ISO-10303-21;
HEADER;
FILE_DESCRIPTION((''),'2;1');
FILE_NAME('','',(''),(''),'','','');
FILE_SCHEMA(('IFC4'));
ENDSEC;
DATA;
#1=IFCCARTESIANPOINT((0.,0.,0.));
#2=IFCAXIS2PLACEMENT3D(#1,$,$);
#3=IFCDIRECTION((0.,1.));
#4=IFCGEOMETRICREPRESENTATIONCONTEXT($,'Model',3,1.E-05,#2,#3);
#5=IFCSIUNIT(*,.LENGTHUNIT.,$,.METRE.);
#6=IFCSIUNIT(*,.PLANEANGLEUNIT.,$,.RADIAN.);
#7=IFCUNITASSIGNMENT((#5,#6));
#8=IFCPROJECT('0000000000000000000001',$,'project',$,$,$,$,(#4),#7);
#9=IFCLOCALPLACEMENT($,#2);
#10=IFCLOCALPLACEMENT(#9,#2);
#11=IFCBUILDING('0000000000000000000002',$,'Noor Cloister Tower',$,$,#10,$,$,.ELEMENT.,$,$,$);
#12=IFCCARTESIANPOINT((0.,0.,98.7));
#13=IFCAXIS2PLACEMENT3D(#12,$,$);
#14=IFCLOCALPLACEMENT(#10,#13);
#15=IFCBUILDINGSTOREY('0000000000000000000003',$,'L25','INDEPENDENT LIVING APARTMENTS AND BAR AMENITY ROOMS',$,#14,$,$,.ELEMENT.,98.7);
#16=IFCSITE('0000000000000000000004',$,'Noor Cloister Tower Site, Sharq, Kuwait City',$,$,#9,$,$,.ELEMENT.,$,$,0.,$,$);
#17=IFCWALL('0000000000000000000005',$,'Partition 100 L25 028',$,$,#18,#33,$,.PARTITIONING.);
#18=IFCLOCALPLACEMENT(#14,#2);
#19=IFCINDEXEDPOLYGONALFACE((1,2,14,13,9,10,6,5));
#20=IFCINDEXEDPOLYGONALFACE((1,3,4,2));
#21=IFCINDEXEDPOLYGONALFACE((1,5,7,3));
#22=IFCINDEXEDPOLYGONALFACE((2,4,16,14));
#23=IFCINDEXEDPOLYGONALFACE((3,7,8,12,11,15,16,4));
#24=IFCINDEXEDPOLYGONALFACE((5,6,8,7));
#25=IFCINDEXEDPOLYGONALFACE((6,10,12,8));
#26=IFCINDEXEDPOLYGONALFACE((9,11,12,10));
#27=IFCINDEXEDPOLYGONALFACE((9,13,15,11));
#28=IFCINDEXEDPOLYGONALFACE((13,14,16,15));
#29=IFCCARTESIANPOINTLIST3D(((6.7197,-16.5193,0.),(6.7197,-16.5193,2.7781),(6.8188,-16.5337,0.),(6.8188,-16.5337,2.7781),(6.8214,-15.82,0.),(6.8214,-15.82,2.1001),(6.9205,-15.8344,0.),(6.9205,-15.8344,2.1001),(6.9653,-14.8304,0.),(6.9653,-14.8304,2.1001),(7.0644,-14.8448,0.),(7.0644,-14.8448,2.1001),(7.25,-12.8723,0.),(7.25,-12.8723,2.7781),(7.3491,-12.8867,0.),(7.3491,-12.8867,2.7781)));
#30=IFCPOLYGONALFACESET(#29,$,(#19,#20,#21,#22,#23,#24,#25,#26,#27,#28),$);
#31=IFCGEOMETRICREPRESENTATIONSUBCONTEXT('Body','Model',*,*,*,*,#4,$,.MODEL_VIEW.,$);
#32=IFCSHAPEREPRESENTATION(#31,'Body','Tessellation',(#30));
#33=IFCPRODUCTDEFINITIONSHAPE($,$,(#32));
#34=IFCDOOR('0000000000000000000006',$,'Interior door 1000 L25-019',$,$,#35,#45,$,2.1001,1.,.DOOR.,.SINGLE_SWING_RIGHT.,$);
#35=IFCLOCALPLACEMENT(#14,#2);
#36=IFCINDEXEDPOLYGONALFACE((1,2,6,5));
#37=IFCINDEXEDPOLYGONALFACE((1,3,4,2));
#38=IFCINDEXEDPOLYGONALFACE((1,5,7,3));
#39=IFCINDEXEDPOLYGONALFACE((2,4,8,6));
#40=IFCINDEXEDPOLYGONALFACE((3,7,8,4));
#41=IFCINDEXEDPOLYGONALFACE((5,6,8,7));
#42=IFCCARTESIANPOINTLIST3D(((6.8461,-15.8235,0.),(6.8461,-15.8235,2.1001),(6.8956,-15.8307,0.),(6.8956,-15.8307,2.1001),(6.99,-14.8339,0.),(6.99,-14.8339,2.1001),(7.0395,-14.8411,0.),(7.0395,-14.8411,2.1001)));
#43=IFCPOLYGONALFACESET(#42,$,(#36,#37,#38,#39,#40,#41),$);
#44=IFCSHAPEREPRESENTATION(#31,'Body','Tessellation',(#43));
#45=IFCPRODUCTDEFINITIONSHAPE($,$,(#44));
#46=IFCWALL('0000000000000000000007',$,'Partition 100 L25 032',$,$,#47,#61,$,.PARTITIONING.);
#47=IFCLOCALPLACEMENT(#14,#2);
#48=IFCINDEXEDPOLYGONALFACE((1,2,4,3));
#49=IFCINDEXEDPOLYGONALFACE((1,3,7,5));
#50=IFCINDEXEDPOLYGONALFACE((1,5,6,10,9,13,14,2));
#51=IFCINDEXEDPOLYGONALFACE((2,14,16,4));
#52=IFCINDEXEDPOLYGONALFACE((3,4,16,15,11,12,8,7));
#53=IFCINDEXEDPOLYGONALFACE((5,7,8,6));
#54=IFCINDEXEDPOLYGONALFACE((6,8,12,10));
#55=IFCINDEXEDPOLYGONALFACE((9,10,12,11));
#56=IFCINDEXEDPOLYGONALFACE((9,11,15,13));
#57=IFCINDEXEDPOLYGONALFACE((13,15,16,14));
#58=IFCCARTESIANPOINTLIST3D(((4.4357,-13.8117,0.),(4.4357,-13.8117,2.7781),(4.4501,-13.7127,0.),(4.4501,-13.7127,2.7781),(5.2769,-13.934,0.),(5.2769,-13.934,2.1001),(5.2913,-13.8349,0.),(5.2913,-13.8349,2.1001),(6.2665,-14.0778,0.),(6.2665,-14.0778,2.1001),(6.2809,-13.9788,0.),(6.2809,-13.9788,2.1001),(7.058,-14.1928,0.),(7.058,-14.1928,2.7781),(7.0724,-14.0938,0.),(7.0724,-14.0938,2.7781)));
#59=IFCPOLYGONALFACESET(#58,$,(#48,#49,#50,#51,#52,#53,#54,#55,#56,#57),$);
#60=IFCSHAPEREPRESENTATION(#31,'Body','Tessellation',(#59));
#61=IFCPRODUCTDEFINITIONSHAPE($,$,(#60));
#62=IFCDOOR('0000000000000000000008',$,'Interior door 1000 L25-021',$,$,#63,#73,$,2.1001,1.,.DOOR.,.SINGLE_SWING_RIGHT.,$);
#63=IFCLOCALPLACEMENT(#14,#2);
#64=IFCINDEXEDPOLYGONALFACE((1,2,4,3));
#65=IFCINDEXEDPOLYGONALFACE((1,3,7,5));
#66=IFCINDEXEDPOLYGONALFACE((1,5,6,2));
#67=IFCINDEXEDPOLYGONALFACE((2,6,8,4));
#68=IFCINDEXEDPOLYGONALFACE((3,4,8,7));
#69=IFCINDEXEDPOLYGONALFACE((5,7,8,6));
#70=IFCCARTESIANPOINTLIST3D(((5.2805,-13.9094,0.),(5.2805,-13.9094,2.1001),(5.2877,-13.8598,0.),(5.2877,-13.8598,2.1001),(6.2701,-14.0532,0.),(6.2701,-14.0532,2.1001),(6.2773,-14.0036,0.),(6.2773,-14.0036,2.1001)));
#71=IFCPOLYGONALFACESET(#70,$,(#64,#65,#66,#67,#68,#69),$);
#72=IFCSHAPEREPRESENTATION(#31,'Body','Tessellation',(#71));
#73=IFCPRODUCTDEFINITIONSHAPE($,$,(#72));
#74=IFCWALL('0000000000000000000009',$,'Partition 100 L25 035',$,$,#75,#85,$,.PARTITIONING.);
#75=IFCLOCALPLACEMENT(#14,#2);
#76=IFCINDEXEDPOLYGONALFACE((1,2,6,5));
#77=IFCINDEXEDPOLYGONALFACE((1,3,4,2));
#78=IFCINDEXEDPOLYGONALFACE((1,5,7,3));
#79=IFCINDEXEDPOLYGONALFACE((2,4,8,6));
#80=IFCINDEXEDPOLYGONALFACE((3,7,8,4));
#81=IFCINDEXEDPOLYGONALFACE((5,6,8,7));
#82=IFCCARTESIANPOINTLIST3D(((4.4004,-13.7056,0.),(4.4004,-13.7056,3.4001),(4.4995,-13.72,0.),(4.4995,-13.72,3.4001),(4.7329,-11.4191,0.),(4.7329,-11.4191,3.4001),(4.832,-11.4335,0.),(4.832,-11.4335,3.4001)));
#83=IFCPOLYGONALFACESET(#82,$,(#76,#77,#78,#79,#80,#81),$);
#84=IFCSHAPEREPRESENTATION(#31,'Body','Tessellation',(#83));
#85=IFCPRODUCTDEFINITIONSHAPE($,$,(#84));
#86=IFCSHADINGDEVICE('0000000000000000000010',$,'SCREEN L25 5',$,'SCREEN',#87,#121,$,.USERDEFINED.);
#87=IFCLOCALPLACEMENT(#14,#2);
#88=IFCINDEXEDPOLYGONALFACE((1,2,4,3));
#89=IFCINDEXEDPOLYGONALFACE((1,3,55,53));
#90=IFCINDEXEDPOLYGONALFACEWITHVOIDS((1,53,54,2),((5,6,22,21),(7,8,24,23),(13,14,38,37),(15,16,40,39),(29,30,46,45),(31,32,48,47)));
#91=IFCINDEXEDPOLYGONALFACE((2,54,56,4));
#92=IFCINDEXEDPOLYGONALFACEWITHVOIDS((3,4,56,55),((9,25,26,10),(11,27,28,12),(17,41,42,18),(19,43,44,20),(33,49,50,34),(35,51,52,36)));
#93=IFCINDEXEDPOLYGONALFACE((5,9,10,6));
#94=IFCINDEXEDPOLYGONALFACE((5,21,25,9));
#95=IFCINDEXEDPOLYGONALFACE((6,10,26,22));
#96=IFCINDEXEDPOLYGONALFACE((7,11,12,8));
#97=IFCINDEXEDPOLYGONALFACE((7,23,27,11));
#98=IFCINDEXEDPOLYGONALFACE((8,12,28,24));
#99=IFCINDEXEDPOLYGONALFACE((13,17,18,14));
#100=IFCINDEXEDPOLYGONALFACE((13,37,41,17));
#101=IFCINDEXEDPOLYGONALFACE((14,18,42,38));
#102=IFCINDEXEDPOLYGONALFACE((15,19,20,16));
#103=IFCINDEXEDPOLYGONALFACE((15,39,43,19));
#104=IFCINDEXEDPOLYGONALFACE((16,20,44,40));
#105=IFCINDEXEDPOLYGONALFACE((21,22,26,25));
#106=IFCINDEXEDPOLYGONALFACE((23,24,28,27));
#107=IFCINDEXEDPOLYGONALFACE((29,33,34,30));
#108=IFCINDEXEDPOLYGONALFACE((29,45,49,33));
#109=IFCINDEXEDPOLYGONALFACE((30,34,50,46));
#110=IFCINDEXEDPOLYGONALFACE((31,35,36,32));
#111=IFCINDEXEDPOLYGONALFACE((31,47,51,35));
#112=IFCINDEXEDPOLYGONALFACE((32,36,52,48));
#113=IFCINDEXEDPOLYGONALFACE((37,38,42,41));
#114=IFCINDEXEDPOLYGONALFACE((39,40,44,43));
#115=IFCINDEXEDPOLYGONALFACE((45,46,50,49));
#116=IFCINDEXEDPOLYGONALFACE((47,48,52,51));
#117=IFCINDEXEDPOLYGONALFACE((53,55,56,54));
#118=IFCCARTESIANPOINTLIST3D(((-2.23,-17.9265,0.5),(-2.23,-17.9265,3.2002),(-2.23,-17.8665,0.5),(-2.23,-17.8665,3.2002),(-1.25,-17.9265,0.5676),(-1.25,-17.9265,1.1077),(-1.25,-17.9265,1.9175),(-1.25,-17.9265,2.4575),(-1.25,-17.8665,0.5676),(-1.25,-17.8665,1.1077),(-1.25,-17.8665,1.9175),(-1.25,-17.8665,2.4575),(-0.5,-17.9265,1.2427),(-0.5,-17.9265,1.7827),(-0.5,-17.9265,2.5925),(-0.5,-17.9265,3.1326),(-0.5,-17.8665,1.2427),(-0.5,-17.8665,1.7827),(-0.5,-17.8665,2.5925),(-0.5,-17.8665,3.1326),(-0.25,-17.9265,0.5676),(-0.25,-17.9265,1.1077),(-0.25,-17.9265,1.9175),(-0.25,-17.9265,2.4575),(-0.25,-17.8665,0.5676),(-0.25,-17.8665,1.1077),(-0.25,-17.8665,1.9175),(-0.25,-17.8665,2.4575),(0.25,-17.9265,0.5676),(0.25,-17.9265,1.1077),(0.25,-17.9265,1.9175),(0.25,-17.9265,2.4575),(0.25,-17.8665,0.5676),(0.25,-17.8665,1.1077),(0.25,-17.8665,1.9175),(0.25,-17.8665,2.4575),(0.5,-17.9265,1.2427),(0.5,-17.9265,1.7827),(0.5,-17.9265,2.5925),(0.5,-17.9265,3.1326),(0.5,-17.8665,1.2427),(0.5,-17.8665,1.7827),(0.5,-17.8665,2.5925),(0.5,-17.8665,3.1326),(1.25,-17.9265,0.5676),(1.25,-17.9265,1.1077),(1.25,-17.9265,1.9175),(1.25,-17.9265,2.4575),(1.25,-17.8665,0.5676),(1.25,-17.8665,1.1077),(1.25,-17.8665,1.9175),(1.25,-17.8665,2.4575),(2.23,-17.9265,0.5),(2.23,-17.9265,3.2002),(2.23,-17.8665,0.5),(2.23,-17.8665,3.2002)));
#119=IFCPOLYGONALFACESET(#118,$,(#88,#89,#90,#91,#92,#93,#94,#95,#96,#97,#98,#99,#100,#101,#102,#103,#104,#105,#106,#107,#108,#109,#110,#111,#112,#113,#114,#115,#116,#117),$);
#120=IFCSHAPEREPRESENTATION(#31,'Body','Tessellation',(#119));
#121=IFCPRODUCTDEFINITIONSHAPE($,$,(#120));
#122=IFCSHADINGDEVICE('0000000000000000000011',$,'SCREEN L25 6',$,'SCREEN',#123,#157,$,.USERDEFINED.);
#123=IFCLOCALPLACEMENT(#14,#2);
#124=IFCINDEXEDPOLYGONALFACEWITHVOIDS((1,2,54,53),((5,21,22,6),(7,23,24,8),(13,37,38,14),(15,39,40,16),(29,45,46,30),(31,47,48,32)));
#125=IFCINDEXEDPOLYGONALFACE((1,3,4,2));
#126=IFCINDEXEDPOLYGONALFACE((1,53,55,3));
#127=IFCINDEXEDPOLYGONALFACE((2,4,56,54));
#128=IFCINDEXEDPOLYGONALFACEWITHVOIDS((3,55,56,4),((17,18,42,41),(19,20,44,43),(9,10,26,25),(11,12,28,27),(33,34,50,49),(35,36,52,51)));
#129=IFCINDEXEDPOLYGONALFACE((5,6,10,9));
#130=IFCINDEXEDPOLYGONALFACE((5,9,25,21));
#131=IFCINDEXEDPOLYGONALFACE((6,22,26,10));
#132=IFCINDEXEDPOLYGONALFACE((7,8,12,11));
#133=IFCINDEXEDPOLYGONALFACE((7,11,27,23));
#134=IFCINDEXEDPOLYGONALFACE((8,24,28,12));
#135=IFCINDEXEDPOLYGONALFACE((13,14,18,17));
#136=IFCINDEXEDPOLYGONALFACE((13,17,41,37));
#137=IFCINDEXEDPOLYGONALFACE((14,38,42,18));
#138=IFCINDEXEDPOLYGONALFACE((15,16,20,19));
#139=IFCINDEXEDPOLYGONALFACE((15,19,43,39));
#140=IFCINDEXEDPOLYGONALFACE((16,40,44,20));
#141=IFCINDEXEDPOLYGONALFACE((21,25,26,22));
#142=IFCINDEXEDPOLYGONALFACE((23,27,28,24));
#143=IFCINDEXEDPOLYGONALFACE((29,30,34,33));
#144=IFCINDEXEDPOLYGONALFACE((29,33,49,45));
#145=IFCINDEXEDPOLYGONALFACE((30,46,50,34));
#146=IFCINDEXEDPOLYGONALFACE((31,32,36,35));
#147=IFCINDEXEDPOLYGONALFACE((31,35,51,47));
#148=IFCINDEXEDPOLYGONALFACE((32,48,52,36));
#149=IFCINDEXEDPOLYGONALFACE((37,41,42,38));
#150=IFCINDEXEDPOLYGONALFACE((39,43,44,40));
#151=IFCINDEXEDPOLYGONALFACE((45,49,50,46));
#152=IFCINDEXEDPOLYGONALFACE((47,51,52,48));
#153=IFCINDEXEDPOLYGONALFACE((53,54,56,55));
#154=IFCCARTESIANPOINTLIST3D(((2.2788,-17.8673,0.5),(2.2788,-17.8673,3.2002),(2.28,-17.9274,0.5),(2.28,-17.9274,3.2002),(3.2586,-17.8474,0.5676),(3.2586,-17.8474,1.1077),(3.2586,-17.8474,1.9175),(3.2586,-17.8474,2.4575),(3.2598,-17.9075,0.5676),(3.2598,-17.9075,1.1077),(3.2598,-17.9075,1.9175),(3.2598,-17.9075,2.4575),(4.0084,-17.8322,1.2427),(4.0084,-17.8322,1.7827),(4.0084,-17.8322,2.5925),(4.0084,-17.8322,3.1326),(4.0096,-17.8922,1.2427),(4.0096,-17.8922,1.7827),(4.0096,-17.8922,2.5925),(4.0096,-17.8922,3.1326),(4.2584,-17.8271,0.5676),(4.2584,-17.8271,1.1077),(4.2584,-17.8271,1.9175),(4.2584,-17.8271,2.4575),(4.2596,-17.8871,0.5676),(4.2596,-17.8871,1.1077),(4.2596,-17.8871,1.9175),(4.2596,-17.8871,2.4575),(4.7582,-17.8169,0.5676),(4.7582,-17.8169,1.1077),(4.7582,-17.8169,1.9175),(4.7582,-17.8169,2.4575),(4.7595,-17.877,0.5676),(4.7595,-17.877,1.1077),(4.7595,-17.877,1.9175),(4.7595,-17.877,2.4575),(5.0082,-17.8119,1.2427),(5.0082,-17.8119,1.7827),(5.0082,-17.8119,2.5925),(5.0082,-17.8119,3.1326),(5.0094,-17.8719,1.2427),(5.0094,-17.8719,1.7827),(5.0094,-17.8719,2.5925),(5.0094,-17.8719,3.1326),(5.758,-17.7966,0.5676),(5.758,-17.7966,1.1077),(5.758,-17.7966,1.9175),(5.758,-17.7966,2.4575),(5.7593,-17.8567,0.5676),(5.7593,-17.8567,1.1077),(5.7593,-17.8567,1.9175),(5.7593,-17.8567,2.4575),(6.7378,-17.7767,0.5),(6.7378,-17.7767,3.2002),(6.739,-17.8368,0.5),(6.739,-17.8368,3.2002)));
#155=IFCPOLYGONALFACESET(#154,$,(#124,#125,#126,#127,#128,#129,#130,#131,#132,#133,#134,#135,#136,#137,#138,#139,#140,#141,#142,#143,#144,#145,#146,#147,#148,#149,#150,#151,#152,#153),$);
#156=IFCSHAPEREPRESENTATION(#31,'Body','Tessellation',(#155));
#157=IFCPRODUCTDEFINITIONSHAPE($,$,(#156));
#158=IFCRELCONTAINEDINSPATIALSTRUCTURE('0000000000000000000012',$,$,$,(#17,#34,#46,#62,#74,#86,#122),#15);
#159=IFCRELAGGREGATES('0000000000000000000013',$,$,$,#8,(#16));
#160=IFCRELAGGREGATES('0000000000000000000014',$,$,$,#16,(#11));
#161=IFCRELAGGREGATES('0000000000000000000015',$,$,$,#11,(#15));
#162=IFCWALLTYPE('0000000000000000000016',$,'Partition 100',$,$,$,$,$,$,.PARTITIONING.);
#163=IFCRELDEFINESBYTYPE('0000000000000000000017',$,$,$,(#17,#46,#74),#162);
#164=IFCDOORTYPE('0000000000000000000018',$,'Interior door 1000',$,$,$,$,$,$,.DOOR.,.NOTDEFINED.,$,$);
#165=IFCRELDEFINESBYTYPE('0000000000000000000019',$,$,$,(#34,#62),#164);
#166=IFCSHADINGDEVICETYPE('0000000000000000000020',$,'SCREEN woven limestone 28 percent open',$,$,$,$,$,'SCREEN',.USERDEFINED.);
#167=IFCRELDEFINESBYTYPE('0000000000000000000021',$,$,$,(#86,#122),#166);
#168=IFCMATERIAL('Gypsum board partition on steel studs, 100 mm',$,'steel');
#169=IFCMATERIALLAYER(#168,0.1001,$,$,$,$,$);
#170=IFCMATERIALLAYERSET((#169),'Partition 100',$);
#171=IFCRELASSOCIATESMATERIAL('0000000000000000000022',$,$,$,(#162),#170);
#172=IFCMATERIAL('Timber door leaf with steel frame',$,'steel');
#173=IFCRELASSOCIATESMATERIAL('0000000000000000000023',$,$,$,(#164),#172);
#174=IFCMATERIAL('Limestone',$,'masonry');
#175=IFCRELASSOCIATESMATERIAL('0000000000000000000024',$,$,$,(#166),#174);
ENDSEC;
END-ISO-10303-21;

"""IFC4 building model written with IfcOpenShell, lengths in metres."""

from ifc_helpers import new_model, si_unit, direction, frame, frame_2d, origin, place, context, subcontext, project, spatial, polyline, rectangle, outline, extrude, material, layer, layer_set, material_profile, profile_set, type_object, element, fill, save


model = new_model("IFC4")

# Units and contexts
model_context = context("Model", 3, precision=1e-05, world=origin(), true_north=direction((0.0, 1.0)))
body_context = subcontext(model_context, "Body", "Model", "MODEL_VIEW")
ifc_project = project(units=[si_unit("LENGTHUNIT", "METRE"), si_unit("PLANEANGLEUNIT", "RADIAN")], contexts=[model_context])

# Site, building, storey
site_placement = place(None, origin())
site = spatial("IfcSite", under=ifc_project, at=site_placement, Name="Noor Cloister Tower Site, Sharq, Kuwait City", CompositionType="ELEMENT", RefElevation=0.0)
building_placement = place(site_placement, origin())
building = spatial("IfcBuilding", under=site, at=building_placement, Name="Noor Cloister Tower", CompositionType="ELEMENT")
storey_placement = place(building_placement, frame((0.0, 0.0, 98.7)))
storey = spatial("IfcBuildingStorey", under=building, at=storey_placement, Name="L25", Description="INDEPENDENT LIVING APARTMENTS AND BAR AMENITY ROOMS", CompositionType="ELEMENT", Elevation=98.7)

# Walls, openings, doors
ifc_material_1 = material(Name="Gypsum board partition on steel studs, 100 mm", Category="steel")
ifc_layer_1 = layer(ifc_material_1, 0.1001)
ifc_layer_set_1 = layer_set([ifc_layer_1], Name="Partition 100")
wall_type_1 = type_object("IfcWallType", Name="Partition 100", PredefinedType="PARTITIONING", material=ifc_layer_set_1)
wall_1_placement = place(storey_placement, frame((7.2996, -12.8794, 0.0), z_axis=(0.0, 0.0, 1.0), x_axis=(-0.143888, -0.989594, 0.0)))
wall_1 = element("IfcWall", 1, at=wall_1_placement, inside=storey, type_object=wall_type_1, Name="Partition 100 L25 028", PredefinedType="PARTITIONING", context=body_context, shape_type="SweptSolid", body=[
    extrude(rectangle(XDim=3.6853, YDim=0.1001, at=frame_2d((1.8428, 0.0))), origin(), (0.0, 0.0, 1.0), 2.7781),
])
opening_1_placement = place(wall_1_placement, frame((1.9788, 0.0, 0.0)))
opening_1 = element("IfcOpeningElement", 2, at=opening_1_placement, cuts=wall_1, PredefinedType="OPENING", context=body_context, shape_type="SweptSolid", body=[
    extrude(rectangle(XDim=1.0, YDim=2.1001, at=frame_2d((0.5, 1.05))), frame((0.0, 0.0601, 0.0), z_axis=(0.0, -1.0, 0.0), x_axis=(1.0, 0.0, 0.0)), (0.0, 0.0, 1.0), 0.1201),
])
ifc_material_2 = material(Name="Timber door leaf with steel frame", Category="steel")
door_type = type_object("IfcDoorType", Name="Interior door 1000", OperationType="NOTDEFINED", PredefinedType="DOOR", material=ifc_material_2)
door_1_placement = place(opening_1_placement, origin())
door_1 = element("IfcDoor", 3, at=door_1_placement, inside=storey, type_object=door_type, Name="Interior door 1000 L25-019", OperationType="SINGLE_SWING_RIGHT", OverallHeight=2.1001, OverallWidth=1.0, PredefinedType="DOOR", context=body_context, shape_type="SweptSolid", body=[
    extrude(rectangle(XDim=1.0, YDim=2.1001, at=frame_2d((0.5, 1.05))), frame((0.0, 0.0249, 0.0), z_axis=(0.0, -1.0, 0.0), x_axis=(1.0, 0.0, 0.0)), (0.0, 0.0, 1.0), 0.05),
])
fill(opening_1, door_1)
wall_2_placement = place(storey_placement, frame((4.4429, -13.7622, 0.0), z_axis=(0.0, 0.0, 1.0), x_axis=(0.989604, -0.14382, 0.0)))
wall_2 = element("IfcWall", 4, at=wall_2_placement, inside=storey, type_object=wall_type_1, Name="Partition 100 L25 032", PredefinedType="PARTITIONING", context=body_context, shape_type="SweptSolid", body=[
    extrude(rectangle(XDim=2.6499, YDim=0.1001, at=frame_2d((1.325, 0.0))), origin(), (0.0, 0.0, 1.0), 2.7781),
])
opening_2_placement = place(wall_2_placement, frame((0.8501, 0.0, 0.0)))
opening_2 = element("IfcOpeningElement", 5, at=opening_2_placement, cuts=wall_2, PredefinedType="OPENING", context=body_context, shape_type="SweptSolid", body=[
    extrude(rectangle(XDim=1.0, YDim=2.1001, at=frame_2d((0.5, 1.05))), frame((0.0, 0.0601, 0.0), z_axis=(0.0, -1.0, 0.0), x_axis=(1.0, 0.0, 0.0)), (0.0, 0.0, 1.0), 0.1201),
])
door_2_placement = place(opening_2_placement, origin())
door_2 = element("IfcDoor", 6, at=door_2_placement, inside=storey, type_object=door_type, Name="Interior door 1000 L25-021", OperationType="SINGLE_SWING_RIGHT", OverallHeight=2.1001, OverallWidth=1.0, PredefinedType="DOOR", context=body_context, shape_type="SweptSolid", body=[
    extrude(rectangle(XDim=1.0, YDim=2.1001, at=frame_2d((0.5, 1.05))), frame((0.0, 0.0249, 0.0), z_axis=(0.0, -1.0, 0.0), x_axis=(1.0, 0.0, 0.0)), (0.0, 0.0, 1.0), 0.05),
])
fill(opening_2, door_2)

# Wall
wall_3_placement = place(storey_placement, frame((4.7825, -11.4263, 0.0), z_axis=(0.0, 0.0, 1.0), x_axis=(-0.143921, -0.989589, 0.0)))
element("IfcWall", 7, at=wall_3_placement, inside=storey, type_object=wall_type_1, Name="Partition 100 L25 035", PredefinedType="PARTITIONING", context=body_context, shape_type="SweptSolid", body=[
    extrude(rectangle(XDim=2.3105, YDim=0.1001, at=frame_2d((1.1553, 0.0))), origin(), (0.0, 0.0, 1.0), 3.4001),
])

# Shading devices
ifc_material_3 = material(Name="Limestone", Category="masonry")
ifc_material_profile_1 = material_profile(ifc_material_3, outline(polyline([(-2.23, -1.3501), (2.23, -1.3501), (2.23, 1.3501), (-2.23, 1.3501), (-2.23, -1.3501)]), holes=[polyline([(-1.25, -1.2825), (-0.25, -1.2825), (-0.25, -0.7424), (-1.25, -0.7424), (-1.25, -1.2825)]), polyline([(0.25, -1.2825), (1.25, -1.2825), (1.25, -0.7424), (0.25, -0.7424), (0.25, -1.2825)]), polyline([(-0.5, -0.6074), (0.5, -0.6074), (0.5, -0.0674), (-0.5, -0.0674), (-0.5, -0.6074)]), polyline([(-1.25, 0.0674), (-0.25, 0.0674), (-0.25, 0.6074), (-1.25, 0.6074), (-1.25, 0.0674)]), polyline([(0.25, 0.0674), (1.25, 0.0674), (1.25, 0.6074), (0.25, 0.6074), (0.25, 0.0674)]), polyline([(-0.5, 0.7424), (0.5, 0.7424), (0.5, 1.2825), (-0.5, 1.2825), (-0.5, 0.7424)])]), Name="Woven screen 28 percent open")
ifc_profile_set_1 = profile_set([ifc_material_profile_1], Name="Limestone")
shading_device_type = type_object("IfcShadingDeviceType", Name="SCREEN woven limestone 28 percent open", ElementType="SCREEN", PredefinedType="USERDEFINED", material=ifc_profile_set_1)
for number, where, z_axis, x_axis, name in (
    (8, (0.0, -17.8665, 1.8501), (0.0, -1.0, 0.0), (1.0, 0.0, 0.0), "SCREEN L25 5"),
    (9, (4.5083, -17.822, 1.8501), (0.020321, -0.999794, 0.0), (0.999794, 0.020321, 0.0), "SCREEN L25 6"),
):
    element("IfcShadingDevice", number, at=place(storey_placement, frame(where, z_axis=z_axis, x_axis=x_axis)), inside=storey, type_object=shading_device_type, Name=name, ObjectType="SCREEN", PredefinedType="USERDEFINED", context=body_context, shape_type="SweptSolid", body=[
        extrude(outline(polyline([(-2.23, -1.3501), (2.23, -1.3501), (2.23, 1.3501), (-2.23, 1.3501), (-2.23, -1.3501)]), holes=[polyline([(-1.25, -1.2825), (-0.25, -1.2825), (-0.25, -0.7424), (-1.25, -0.7424), (-1.25, -1.2825)]), polyline([(0.25, -1.2825), (1.25, -1.2825), (1.25, -0.7424), (0.25, -0.7424), (0.25, -1.2825)]), polyline([(-0.5, -0.6074), (0.5, -0.6074), (0.5, -0.0674), (-0.5, -0.0674), (-0.5, -0.6074)]), polyline([(-1.25, 0.0674), (-0.25, 0.0674), (-0.25, 0.6074), (-1.25, 0.6074), (-1.25, 0.0674)]), polyline([(0.25, 0.0674), (1.25, 0.0674), (1.25, 0.6074), (0.25, 0.6074), (0.25, 0.0674)]), polyline([(-0.5, 0.7424), (0.5, 0.7424), (0.5, 1.2825), (-0.5, 1.2825), (-0.5, 0.7424)])]), origin(), (0.0, 0.0, 1.0), 0.0601),
    ])

save(model, "model.ifc")
